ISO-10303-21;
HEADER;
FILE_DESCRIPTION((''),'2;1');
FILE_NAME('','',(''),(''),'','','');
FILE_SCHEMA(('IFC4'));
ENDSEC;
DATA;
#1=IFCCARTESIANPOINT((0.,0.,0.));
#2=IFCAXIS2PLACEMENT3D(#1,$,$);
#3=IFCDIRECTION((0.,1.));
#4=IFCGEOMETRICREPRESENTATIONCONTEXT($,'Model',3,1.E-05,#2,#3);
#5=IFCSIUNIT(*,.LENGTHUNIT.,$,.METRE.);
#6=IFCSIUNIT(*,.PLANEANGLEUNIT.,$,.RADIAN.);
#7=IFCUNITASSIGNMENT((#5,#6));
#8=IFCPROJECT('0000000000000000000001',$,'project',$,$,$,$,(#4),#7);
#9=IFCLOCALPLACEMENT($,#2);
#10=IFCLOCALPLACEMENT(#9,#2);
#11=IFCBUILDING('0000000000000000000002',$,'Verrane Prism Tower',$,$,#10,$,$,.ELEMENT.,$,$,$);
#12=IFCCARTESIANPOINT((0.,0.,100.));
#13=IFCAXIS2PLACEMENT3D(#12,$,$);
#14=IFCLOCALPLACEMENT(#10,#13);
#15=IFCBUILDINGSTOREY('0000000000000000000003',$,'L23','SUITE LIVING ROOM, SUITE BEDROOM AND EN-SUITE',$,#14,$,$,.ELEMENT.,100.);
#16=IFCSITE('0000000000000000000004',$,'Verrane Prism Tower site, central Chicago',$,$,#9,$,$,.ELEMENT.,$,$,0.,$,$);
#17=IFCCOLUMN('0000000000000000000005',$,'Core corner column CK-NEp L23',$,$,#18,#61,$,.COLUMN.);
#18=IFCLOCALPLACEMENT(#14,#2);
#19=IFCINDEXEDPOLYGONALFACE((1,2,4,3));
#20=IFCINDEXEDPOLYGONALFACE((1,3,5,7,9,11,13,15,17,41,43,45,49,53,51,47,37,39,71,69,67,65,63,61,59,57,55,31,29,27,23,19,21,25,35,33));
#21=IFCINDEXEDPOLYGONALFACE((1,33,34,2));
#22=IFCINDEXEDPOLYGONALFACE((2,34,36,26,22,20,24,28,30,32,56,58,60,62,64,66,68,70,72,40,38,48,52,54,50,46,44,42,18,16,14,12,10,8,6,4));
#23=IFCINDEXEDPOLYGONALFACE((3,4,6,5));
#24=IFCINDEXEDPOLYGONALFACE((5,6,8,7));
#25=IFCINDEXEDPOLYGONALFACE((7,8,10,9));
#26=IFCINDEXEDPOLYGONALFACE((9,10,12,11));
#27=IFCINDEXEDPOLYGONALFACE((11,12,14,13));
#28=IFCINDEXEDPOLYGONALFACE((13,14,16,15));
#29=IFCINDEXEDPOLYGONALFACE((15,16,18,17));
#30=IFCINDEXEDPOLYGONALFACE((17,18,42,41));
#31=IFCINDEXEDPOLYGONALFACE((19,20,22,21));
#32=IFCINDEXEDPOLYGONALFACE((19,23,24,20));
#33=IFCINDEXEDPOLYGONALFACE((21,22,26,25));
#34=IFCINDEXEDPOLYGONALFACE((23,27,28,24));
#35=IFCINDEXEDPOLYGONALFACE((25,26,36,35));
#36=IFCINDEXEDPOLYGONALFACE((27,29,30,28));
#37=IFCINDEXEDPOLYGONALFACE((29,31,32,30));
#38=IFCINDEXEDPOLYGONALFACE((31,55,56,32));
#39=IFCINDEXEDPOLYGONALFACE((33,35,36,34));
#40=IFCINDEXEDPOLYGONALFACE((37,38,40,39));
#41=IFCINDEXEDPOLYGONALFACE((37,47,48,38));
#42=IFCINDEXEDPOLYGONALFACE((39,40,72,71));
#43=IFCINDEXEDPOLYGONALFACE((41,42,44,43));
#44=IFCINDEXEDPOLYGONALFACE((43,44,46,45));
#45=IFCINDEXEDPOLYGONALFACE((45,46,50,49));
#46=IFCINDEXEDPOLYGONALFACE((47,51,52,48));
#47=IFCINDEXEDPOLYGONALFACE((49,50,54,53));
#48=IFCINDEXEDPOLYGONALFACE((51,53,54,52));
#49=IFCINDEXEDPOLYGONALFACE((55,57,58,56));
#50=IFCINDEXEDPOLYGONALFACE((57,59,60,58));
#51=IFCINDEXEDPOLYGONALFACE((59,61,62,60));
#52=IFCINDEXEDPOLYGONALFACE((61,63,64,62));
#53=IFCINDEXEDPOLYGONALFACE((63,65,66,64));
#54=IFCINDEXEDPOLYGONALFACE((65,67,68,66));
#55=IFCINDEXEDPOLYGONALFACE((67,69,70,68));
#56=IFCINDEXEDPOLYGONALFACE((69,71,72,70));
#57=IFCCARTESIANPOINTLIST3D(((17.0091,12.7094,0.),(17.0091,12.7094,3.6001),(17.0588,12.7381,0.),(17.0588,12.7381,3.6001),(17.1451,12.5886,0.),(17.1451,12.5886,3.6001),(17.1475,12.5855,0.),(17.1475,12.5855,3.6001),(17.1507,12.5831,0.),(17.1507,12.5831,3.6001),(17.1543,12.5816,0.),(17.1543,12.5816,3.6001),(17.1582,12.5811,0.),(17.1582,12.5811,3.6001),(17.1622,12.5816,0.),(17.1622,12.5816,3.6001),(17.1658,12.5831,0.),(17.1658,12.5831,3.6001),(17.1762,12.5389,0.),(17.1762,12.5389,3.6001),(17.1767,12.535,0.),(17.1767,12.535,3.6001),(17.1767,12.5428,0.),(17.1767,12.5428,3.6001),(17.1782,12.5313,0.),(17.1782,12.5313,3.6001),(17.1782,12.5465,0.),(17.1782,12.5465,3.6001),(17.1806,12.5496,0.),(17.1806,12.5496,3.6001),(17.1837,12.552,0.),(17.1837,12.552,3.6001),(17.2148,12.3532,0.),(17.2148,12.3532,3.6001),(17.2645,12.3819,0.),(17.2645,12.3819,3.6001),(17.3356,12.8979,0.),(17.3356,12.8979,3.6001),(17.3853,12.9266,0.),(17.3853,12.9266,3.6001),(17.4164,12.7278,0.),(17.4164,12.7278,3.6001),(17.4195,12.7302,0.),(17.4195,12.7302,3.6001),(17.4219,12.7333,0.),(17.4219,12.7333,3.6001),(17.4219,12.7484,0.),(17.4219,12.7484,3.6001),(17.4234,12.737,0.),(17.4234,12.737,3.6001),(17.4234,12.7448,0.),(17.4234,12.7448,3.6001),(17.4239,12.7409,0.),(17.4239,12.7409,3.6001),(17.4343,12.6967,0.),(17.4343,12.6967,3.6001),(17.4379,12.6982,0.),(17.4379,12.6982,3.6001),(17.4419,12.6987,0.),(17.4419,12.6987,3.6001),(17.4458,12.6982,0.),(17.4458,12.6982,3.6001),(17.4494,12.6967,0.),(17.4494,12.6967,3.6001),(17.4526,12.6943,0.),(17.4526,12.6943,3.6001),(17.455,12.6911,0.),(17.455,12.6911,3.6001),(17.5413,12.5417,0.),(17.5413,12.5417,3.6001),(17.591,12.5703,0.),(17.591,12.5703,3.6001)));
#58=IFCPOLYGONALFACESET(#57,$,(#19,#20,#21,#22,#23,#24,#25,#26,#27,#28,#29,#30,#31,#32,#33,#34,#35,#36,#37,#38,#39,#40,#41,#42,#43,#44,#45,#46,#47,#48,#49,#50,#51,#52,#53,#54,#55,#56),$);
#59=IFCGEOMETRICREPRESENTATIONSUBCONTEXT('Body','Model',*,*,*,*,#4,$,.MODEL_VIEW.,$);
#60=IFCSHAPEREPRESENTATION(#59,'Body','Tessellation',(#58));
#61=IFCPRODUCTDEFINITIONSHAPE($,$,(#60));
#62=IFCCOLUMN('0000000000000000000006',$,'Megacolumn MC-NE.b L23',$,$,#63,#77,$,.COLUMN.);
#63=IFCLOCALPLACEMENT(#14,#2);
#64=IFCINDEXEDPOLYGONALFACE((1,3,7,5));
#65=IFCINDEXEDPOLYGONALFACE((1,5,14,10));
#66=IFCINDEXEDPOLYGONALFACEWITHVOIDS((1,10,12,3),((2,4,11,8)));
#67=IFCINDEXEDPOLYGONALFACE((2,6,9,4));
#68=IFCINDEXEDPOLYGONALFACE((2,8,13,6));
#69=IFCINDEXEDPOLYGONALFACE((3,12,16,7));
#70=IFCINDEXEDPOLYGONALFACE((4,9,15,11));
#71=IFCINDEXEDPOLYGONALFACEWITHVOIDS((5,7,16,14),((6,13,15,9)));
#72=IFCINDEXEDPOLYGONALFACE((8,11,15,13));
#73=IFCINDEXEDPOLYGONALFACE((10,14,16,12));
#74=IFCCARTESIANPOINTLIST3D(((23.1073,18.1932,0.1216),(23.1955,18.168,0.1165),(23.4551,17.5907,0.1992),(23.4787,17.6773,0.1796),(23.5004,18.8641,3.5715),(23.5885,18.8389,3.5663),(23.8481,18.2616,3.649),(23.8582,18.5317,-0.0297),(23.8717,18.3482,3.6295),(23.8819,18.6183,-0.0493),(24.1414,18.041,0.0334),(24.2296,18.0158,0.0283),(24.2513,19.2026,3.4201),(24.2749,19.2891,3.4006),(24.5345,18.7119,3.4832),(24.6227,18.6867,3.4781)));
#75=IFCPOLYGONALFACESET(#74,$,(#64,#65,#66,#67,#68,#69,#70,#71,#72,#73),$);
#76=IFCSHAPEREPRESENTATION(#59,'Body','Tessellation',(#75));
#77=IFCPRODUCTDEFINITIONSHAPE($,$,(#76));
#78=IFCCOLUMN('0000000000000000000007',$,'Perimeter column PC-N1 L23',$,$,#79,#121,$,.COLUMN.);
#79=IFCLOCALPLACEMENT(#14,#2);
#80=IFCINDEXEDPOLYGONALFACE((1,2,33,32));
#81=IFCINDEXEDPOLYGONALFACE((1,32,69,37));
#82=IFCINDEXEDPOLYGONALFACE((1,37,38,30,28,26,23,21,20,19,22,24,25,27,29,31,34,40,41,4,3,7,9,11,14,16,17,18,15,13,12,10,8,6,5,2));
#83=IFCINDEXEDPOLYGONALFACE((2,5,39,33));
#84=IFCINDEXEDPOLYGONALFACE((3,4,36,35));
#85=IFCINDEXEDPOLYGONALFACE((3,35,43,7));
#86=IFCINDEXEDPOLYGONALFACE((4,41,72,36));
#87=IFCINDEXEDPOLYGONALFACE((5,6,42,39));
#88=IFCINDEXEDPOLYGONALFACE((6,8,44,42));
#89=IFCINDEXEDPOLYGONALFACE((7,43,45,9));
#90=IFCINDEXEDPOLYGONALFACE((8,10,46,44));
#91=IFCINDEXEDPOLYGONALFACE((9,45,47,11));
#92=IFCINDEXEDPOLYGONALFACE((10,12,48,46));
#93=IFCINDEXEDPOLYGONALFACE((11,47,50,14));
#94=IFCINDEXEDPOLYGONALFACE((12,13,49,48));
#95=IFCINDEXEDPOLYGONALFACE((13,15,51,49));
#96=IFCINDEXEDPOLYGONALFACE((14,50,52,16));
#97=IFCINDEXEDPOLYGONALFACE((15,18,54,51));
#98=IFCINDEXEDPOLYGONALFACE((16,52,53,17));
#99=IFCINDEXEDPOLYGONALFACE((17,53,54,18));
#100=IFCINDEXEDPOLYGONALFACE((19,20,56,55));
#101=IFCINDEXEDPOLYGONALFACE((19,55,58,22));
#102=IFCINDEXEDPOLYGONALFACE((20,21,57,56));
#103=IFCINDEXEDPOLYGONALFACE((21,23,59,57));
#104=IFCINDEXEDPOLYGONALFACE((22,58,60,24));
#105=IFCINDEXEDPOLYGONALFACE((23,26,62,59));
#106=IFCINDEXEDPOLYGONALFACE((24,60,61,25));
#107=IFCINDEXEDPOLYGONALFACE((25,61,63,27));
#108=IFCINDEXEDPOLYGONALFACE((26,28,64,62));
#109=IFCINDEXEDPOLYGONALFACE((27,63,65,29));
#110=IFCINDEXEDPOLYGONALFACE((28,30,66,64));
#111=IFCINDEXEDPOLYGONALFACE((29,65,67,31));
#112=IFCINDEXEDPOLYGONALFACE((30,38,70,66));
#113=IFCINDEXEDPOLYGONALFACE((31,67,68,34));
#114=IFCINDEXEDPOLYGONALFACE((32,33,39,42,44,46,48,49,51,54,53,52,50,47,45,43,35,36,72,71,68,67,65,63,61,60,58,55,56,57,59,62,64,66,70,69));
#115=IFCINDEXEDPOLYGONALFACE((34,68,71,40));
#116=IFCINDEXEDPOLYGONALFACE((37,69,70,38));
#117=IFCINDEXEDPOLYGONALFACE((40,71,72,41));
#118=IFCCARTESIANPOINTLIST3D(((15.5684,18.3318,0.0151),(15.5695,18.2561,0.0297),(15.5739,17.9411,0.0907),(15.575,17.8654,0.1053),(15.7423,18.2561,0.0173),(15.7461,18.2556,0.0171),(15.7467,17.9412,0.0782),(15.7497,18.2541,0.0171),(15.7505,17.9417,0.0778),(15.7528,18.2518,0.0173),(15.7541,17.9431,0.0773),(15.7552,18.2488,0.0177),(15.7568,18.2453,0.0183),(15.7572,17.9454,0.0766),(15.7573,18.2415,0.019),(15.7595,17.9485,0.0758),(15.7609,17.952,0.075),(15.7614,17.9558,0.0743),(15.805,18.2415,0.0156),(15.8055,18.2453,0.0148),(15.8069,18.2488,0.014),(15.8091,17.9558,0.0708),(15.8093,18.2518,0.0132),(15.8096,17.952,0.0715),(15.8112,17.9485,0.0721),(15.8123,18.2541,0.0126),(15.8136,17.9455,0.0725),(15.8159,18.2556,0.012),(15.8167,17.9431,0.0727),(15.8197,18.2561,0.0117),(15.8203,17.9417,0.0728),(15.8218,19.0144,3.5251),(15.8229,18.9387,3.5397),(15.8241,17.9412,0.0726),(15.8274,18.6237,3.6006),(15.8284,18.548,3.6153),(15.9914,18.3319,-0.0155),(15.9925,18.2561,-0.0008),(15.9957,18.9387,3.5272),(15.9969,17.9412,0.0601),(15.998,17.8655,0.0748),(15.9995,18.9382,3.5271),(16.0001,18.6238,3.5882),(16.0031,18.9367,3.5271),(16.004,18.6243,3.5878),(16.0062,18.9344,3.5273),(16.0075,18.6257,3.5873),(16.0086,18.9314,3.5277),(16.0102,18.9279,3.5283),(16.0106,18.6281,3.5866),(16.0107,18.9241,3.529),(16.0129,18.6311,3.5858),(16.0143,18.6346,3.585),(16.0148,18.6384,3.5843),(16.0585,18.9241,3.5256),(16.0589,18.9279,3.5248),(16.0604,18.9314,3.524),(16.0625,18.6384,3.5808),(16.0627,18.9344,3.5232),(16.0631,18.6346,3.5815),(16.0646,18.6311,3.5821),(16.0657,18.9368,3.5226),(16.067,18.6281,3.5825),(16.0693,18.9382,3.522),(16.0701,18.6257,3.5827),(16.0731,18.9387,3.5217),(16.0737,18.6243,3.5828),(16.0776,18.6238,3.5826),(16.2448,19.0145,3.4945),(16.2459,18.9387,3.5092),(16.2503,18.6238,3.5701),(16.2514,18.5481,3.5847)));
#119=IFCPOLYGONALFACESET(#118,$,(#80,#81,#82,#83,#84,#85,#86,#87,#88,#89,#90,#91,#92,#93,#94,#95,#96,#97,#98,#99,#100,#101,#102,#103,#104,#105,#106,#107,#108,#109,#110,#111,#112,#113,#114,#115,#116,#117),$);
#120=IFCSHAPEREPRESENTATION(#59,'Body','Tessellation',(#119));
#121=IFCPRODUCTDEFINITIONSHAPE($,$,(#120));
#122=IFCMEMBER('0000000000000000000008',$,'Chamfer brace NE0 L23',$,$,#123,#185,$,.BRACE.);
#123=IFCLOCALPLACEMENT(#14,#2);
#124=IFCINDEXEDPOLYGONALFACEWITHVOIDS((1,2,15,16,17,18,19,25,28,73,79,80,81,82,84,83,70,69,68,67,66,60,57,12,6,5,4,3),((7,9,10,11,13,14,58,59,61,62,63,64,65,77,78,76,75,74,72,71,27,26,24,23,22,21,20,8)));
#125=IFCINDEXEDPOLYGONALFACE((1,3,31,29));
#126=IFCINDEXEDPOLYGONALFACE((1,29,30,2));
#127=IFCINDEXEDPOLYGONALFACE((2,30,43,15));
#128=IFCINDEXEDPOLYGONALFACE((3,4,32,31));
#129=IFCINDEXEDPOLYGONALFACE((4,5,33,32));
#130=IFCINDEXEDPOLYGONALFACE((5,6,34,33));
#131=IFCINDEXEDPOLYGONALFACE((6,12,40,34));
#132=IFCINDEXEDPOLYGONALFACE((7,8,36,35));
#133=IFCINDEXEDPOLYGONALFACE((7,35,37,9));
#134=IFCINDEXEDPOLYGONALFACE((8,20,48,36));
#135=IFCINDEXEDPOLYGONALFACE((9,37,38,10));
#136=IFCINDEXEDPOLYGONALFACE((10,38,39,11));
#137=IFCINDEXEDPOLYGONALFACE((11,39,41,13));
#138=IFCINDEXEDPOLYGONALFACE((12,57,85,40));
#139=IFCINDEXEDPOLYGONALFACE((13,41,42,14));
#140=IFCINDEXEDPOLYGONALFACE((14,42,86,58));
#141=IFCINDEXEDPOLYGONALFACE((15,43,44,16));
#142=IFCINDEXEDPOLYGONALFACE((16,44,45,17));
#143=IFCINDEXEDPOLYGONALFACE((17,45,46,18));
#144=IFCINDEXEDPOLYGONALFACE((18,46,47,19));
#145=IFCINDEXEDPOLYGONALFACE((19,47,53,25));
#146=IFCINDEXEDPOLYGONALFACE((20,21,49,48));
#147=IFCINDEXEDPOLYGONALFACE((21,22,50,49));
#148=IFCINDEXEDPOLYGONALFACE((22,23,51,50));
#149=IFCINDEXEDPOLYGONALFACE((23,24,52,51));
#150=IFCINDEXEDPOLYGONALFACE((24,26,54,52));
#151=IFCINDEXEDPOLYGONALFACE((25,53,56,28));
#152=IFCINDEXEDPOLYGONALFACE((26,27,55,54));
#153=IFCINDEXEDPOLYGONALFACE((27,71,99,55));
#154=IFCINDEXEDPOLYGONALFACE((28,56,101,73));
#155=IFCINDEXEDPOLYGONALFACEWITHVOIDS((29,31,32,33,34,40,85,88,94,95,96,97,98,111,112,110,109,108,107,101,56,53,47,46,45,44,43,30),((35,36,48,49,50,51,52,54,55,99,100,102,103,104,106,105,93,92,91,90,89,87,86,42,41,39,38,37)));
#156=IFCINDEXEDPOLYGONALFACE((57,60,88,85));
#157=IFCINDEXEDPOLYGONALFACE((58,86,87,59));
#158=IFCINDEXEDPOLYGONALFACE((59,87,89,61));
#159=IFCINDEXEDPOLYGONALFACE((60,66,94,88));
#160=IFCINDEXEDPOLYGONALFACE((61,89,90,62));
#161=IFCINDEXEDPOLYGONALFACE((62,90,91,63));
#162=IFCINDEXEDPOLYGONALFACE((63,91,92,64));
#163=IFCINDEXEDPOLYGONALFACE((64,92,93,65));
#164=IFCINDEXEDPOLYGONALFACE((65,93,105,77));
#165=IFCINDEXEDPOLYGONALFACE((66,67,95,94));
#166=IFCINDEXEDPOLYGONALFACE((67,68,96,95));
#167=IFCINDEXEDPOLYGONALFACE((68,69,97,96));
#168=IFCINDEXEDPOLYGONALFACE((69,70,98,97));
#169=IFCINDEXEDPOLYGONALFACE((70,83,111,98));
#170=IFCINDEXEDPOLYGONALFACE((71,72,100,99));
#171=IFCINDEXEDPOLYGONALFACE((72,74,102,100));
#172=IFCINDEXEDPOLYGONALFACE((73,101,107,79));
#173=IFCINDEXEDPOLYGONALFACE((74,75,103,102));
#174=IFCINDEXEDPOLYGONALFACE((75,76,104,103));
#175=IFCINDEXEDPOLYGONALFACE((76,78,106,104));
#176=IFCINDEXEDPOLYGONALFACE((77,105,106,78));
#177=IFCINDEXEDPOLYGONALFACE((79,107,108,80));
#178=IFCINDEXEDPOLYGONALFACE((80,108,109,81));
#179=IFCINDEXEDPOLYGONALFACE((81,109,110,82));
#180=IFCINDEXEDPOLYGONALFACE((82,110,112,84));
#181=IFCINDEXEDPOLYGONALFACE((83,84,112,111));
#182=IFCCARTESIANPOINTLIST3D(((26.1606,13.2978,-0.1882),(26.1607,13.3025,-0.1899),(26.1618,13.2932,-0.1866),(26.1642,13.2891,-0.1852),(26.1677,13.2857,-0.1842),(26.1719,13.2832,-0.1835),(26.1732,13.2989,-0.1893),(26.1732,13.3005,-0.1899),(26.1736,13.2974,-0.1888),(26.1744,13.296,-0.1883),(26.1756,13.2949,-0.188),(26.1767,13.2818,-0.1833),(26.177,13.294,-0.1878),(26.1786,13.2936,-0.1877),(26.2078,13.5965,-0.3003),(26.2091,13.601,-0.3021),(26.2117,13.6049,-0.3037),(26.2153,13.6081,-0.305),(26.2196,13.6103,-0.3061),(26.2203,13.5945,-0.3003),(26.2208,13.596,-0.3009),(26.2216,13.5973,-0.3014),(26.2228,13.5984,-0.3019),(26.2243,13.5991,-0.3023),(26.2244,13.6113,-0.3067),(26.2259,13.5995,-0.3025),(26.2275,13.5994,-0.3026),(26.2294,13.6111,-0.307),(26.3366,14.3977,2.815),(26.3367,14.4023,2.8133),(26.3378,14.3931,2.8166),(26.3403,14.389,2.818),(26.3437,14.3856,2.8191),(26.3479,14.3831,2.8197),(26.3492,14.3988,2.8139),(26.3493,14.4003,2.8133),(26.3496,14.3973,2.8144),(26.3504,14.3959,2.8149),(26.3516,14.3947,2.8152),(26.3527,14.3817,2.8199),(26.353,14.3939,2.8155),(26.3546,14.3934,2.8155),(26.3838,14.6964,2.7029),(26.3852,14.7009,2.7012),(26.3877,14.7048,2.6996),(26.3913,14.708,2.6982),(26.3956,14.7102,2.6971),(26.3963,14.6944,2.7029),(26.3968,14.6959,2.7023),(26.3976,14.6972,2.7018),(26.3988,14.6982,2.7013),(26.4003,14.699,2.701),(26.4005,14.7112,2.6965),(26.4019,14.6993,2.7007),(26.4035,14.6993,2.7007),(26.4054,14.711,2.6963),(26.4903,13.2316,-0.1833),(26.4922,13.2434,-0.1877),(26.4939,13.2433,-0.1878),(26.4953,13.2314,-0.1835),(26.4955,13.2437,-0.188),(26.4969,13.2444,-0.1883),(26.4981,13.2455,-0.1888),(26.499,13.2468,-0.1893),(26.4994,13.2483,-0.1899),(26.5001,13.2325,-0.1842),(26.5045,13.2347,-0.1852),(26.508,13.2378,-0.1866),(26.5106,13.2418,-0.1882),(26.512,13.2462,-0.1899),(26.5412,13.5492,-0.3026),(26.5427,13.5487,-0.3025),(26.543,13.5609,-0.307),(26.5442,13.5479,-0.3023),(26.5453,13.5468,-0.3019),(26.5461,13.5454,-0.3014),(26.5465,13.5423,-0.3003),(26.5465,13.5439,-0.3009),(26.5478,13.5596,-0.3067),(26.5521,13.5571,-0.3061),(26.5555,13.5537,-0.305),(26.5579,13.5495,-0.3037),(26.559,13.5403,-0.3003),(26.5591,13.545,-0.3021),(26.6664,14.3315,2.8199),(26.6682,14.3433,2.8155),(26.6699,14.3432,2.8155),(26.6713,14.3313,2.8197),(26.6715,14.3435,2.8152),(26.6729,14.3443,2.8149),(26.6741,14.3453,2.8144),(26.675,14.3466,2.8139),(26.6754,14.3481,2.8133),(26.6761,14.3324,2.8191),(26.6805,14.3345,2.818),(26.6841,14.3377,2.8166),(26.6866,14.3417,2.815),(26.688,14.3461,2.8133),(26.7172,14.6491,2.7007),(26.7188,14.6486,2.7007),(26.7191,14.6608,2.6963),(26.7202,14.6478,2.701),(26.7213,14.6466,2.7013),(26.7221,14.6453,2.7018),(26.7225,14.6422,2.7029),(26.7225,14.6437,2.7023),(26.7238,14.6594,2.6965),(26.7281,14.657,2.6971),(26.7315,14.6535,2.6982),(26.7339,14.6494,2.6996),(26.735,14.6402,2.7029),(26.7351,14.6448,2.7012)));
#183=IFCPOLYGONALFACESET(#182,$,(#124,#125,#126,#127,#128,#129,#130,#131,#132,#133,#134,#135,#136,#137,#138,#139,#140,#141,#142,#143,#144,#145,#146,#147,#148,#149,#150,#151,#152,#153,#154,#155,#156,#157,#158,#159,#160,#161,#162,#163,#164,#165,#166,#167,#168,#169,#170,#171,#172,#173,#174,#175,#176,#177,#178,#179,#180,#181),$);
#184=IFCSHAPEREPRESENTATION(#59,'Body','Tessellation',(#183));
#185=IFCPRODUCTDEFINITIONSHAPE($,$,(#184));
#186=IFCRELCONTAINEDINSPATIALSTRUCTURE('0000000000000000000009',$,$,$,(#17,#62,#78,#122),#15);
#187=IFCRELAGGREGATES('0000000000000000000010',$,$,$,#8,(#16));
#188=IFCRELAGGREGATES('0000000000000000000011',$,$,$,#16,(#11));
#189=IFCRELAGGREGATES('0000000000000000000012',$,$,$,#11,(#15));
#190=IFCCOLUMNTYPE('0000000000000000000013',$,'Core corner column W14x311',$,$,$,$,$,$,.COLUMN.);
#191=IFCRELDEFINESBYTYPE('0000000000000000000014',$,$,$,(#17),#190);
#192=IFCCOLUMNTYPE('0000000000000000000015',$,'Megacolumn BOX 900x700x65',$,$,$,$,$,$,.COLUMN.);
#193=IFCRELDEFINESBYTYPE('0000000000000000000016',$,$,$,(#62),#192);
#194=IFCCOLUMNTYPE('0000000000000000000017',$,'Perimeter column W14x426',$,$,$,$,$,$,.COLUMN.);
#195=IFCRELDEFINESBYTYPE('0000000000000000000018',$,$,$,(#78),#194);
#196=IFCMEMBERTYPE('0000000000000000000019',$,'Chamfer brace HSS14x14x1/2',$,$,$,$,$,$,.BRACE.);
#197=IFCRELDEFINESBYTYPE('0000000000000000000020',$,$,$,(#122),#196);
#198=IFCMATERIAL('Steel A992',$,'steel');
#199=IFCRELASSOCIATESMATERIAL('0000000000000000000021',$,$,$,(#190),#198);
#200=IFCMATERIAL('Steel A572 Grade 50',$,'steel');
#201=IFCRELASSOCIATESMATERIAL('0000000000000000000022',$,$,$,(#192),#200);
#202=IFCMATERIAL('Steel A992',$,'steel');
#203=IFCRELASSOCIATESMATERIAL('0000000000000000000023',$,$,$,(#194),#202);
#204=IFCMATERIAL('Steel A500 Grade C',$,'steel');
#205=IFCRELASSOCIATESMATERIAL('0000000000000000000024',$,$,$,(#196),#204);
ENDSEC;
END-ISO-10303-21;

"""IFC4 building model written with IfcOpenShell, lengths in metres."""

from ifc_helpers import new_model, si_unit, direction, frame, origin, origin_2d, place, context, subcontext, project, spatial, hollow_rectangle, i_section, extrude, material, material_profile, profile_set, type_object, element, save


model = new_model("IFC4")

# Units and contexts
model_context = context("Model", 3, precision=1e-05, world=origin(), true_north=direction((0.0, 1.0)))
body_context = subcontext(model_context, "Body", "Model", "MODEL_VIEW")
ifc_project = project(units=[si_unit("LENGTHUNIT", "METRE"), si_unit("PLANEANGLEUNIT", "RADIAN")], contexts=[model_context])

# Site, building, storey
site_placement = place(None, origin())
site = spatial("IfcSite", under=ifc_project, at=site_placement, Name="Verrane Prism Tower site, central Chicago", CompositionType="ELEMENT", RefElevation=0.0)
building_placement = place(site_placement, origin())
building = spatial("IfcBuilding", under=site, at=building_placement, Name="Verrane Prism Tower", CompositionType="ELEMENT")
storey_placement = place(building_placement, frame((0.0, 0.0, 100.0)))
storey = spatial("IfcBuildingStorey", under=building, at=storey_placement, Name="L23", Description="SUITE LIVING ROOM, SUITE BEDROOM AND EN-SUITE", CompositionType="ELEMENT", Elevation=100.0)

# Columns
ifc_material_1 = material(Name="Steel A992", Category="steel")
ifc_material_profile_1 = material_profile(ifc_material_1, i_section(OverallWidth=0.4114, OverallDepth=0.4343, WebThickness=0.0359, FlangeThickness=0.0574, FilletRadius=0.0151, at=origin_2d()), Name="W14x311")
ifc_profile_set_1 = profile_set([ifc_material_profile_1], Name="Steel A992")
column_type_1 = type_object("IfcColumnType", Name="Core corner column W14x311", PredefinedType="COLUMN", material=ifc_profile_set_1)
column_1_placement = place(storey_placement, frame((17.3, 12.6399, 0.0), z_axis=(0.0, 0.0, 1.0), x_axis=(0.5, -0.866025, 0.0)))
element("IfcColumn", 1, at=column_1_placement, inside=storey, type_object=column_type_1, Name="Core corner column CK-NEp L23", PredefinedType="COLUMN", context=body_context, shape_type="SweptSolid", body=[
    extrude(i_section(OverallWidth=0.4114, OverallDepth=0.4343, WebThickness=0.0359, FlangeThickness=0.0574, FilletRadius=0.0151, at=origin_2d()), origin(), (0.0, 0.0, 1.0), 3.6001),
])
ifc_material_2 = material(Name="Steel A572 Grade 50", Category="steel")
ifc_material_profile_2 = material_profile(ifc_material_2, hollow_rectangle(XDim=0.7, YDim=0.8999, WallThickness=0.0649, at=origin_2d()), Name="BOX 900x700x65")
ifc_profile_set_2 = profile_set([ifc_material_profile_2], Name="Steel A572 Grade 50")
column_type_2 = type_object("IfcColumnType", Name="Megacolumn BOX 900x700x65", PredefinedType="COLUMN", material=ifc_profile_set_2)
column_2_placement = place(storey_placement, frame((23.6685, 18.1045, 0.075), z_axis=(0.111146, 0.189707, 0.975529), x_axis=(0.496819, -0.860755, 0.110783)))
element("IfcColumn", 2, at=column_2_placement, inside=storey, type_object=column_type_2, Name="Megacolumn MC-NE.b L23", PredefinedType="COLUMN", context=body_context, shape_type="SweptSolid", body=[
    extrude(hollow_rectangle(XDim=0.7, YDim=0.8999, WallThickness=0.0649, at=origin_2d()), origin(), (0.0, 0.0, 1.0), 3.5364),
])
ifc_material_3 = material(Name="Steel A992", Category="steel")
ifc_material_profile_3 = material_profile(ifc_material_3, i_section(OverallWidth=0.4241, OverallDepth=0.4751, WebThickness=0.0479, FlangeThickness=0.0771, FilletRadius=0.0149, at=origin_2d()), Name="W14x426")
ifc_profile_set_3 = profile_set([ifc_material_profile_3], Name="Steel A992")
column_type_3 = type_object("IfcColumnType", Name="Perimeter column W14x426", PredefinedType="COLUMN", material=ifc_profile_set_3)
column_3_placement = place(storey_placement, frame((15.7832, 18.0986, 0.0449), z_axis=(0.070694, 0.190423, 0.979153), x_axis=(0.997402, 0.00016, -0.072042)))
element("IfcColumn", 3, at=column_3_placement, inside=storey, type_object=column_type_3, Name="Perimeter column PC-N1 L23", PredefinedType="COLUMN", context=body_context, shape_type="SweptSolid", body=[
    extrude(i_section(OverallWidth=0.4241, OverallDepth=0.4751, WebThickness=0.0479, FlangeThickness=0.0771, FilletRadius=0.0149, at=origin_2d()), origin(), (0.0, 0.0, 1.0), 3.5847),
])

# Member
ifc_material_4 = material(Name="Steel A500 Grade C", Category="steel")
ifc_material_profile_4 = material_profile(ifc_material_4, hollow_rectangle(XDim=0.3557, YDim=0.3557, WallThickness=0.0127, InnerFilletRadius=0.0063, OuterFilletRadius=0.019, at=origin_2d()), Name="HSS14x14x1/2")
ifc_profile_set_4 = profile_set([ifc_material_profile_4], Name="Steel A500 Grade C")
member_type_1 = type_object("IfcMemberType", Name="Chamfer brace HSS14x14x1/2", PredefinedType="BRACE", material=ifc_profile_set_4)
member_1_placement = place(storey_placement, frame((26.3599, 13.4214, -0.2451), z_axis=(0.054955, 0.343374, 0.93759), x_axis=(-0.987434, 0.158033, 0.0)))
element("IfcMember", 4, at=member_1_placement, inside=storey, type_object=member_type_1, Name="Chamfer brace NE0 L23", PredefinedType="BRACE", context=body_context, shape_type="SweptSolid", body=[
    extrude(hollow_rectangle(XDim=0.3557, YDim=0.3557, WallThickness=0.0127, InnerFilletRadius=0.0063, OuterFilletRadius=0.019, at=origin_2d()), origin(), (0.0, 0.0, 1.0), 3.2031),
])

save(model, "model.ifc")
